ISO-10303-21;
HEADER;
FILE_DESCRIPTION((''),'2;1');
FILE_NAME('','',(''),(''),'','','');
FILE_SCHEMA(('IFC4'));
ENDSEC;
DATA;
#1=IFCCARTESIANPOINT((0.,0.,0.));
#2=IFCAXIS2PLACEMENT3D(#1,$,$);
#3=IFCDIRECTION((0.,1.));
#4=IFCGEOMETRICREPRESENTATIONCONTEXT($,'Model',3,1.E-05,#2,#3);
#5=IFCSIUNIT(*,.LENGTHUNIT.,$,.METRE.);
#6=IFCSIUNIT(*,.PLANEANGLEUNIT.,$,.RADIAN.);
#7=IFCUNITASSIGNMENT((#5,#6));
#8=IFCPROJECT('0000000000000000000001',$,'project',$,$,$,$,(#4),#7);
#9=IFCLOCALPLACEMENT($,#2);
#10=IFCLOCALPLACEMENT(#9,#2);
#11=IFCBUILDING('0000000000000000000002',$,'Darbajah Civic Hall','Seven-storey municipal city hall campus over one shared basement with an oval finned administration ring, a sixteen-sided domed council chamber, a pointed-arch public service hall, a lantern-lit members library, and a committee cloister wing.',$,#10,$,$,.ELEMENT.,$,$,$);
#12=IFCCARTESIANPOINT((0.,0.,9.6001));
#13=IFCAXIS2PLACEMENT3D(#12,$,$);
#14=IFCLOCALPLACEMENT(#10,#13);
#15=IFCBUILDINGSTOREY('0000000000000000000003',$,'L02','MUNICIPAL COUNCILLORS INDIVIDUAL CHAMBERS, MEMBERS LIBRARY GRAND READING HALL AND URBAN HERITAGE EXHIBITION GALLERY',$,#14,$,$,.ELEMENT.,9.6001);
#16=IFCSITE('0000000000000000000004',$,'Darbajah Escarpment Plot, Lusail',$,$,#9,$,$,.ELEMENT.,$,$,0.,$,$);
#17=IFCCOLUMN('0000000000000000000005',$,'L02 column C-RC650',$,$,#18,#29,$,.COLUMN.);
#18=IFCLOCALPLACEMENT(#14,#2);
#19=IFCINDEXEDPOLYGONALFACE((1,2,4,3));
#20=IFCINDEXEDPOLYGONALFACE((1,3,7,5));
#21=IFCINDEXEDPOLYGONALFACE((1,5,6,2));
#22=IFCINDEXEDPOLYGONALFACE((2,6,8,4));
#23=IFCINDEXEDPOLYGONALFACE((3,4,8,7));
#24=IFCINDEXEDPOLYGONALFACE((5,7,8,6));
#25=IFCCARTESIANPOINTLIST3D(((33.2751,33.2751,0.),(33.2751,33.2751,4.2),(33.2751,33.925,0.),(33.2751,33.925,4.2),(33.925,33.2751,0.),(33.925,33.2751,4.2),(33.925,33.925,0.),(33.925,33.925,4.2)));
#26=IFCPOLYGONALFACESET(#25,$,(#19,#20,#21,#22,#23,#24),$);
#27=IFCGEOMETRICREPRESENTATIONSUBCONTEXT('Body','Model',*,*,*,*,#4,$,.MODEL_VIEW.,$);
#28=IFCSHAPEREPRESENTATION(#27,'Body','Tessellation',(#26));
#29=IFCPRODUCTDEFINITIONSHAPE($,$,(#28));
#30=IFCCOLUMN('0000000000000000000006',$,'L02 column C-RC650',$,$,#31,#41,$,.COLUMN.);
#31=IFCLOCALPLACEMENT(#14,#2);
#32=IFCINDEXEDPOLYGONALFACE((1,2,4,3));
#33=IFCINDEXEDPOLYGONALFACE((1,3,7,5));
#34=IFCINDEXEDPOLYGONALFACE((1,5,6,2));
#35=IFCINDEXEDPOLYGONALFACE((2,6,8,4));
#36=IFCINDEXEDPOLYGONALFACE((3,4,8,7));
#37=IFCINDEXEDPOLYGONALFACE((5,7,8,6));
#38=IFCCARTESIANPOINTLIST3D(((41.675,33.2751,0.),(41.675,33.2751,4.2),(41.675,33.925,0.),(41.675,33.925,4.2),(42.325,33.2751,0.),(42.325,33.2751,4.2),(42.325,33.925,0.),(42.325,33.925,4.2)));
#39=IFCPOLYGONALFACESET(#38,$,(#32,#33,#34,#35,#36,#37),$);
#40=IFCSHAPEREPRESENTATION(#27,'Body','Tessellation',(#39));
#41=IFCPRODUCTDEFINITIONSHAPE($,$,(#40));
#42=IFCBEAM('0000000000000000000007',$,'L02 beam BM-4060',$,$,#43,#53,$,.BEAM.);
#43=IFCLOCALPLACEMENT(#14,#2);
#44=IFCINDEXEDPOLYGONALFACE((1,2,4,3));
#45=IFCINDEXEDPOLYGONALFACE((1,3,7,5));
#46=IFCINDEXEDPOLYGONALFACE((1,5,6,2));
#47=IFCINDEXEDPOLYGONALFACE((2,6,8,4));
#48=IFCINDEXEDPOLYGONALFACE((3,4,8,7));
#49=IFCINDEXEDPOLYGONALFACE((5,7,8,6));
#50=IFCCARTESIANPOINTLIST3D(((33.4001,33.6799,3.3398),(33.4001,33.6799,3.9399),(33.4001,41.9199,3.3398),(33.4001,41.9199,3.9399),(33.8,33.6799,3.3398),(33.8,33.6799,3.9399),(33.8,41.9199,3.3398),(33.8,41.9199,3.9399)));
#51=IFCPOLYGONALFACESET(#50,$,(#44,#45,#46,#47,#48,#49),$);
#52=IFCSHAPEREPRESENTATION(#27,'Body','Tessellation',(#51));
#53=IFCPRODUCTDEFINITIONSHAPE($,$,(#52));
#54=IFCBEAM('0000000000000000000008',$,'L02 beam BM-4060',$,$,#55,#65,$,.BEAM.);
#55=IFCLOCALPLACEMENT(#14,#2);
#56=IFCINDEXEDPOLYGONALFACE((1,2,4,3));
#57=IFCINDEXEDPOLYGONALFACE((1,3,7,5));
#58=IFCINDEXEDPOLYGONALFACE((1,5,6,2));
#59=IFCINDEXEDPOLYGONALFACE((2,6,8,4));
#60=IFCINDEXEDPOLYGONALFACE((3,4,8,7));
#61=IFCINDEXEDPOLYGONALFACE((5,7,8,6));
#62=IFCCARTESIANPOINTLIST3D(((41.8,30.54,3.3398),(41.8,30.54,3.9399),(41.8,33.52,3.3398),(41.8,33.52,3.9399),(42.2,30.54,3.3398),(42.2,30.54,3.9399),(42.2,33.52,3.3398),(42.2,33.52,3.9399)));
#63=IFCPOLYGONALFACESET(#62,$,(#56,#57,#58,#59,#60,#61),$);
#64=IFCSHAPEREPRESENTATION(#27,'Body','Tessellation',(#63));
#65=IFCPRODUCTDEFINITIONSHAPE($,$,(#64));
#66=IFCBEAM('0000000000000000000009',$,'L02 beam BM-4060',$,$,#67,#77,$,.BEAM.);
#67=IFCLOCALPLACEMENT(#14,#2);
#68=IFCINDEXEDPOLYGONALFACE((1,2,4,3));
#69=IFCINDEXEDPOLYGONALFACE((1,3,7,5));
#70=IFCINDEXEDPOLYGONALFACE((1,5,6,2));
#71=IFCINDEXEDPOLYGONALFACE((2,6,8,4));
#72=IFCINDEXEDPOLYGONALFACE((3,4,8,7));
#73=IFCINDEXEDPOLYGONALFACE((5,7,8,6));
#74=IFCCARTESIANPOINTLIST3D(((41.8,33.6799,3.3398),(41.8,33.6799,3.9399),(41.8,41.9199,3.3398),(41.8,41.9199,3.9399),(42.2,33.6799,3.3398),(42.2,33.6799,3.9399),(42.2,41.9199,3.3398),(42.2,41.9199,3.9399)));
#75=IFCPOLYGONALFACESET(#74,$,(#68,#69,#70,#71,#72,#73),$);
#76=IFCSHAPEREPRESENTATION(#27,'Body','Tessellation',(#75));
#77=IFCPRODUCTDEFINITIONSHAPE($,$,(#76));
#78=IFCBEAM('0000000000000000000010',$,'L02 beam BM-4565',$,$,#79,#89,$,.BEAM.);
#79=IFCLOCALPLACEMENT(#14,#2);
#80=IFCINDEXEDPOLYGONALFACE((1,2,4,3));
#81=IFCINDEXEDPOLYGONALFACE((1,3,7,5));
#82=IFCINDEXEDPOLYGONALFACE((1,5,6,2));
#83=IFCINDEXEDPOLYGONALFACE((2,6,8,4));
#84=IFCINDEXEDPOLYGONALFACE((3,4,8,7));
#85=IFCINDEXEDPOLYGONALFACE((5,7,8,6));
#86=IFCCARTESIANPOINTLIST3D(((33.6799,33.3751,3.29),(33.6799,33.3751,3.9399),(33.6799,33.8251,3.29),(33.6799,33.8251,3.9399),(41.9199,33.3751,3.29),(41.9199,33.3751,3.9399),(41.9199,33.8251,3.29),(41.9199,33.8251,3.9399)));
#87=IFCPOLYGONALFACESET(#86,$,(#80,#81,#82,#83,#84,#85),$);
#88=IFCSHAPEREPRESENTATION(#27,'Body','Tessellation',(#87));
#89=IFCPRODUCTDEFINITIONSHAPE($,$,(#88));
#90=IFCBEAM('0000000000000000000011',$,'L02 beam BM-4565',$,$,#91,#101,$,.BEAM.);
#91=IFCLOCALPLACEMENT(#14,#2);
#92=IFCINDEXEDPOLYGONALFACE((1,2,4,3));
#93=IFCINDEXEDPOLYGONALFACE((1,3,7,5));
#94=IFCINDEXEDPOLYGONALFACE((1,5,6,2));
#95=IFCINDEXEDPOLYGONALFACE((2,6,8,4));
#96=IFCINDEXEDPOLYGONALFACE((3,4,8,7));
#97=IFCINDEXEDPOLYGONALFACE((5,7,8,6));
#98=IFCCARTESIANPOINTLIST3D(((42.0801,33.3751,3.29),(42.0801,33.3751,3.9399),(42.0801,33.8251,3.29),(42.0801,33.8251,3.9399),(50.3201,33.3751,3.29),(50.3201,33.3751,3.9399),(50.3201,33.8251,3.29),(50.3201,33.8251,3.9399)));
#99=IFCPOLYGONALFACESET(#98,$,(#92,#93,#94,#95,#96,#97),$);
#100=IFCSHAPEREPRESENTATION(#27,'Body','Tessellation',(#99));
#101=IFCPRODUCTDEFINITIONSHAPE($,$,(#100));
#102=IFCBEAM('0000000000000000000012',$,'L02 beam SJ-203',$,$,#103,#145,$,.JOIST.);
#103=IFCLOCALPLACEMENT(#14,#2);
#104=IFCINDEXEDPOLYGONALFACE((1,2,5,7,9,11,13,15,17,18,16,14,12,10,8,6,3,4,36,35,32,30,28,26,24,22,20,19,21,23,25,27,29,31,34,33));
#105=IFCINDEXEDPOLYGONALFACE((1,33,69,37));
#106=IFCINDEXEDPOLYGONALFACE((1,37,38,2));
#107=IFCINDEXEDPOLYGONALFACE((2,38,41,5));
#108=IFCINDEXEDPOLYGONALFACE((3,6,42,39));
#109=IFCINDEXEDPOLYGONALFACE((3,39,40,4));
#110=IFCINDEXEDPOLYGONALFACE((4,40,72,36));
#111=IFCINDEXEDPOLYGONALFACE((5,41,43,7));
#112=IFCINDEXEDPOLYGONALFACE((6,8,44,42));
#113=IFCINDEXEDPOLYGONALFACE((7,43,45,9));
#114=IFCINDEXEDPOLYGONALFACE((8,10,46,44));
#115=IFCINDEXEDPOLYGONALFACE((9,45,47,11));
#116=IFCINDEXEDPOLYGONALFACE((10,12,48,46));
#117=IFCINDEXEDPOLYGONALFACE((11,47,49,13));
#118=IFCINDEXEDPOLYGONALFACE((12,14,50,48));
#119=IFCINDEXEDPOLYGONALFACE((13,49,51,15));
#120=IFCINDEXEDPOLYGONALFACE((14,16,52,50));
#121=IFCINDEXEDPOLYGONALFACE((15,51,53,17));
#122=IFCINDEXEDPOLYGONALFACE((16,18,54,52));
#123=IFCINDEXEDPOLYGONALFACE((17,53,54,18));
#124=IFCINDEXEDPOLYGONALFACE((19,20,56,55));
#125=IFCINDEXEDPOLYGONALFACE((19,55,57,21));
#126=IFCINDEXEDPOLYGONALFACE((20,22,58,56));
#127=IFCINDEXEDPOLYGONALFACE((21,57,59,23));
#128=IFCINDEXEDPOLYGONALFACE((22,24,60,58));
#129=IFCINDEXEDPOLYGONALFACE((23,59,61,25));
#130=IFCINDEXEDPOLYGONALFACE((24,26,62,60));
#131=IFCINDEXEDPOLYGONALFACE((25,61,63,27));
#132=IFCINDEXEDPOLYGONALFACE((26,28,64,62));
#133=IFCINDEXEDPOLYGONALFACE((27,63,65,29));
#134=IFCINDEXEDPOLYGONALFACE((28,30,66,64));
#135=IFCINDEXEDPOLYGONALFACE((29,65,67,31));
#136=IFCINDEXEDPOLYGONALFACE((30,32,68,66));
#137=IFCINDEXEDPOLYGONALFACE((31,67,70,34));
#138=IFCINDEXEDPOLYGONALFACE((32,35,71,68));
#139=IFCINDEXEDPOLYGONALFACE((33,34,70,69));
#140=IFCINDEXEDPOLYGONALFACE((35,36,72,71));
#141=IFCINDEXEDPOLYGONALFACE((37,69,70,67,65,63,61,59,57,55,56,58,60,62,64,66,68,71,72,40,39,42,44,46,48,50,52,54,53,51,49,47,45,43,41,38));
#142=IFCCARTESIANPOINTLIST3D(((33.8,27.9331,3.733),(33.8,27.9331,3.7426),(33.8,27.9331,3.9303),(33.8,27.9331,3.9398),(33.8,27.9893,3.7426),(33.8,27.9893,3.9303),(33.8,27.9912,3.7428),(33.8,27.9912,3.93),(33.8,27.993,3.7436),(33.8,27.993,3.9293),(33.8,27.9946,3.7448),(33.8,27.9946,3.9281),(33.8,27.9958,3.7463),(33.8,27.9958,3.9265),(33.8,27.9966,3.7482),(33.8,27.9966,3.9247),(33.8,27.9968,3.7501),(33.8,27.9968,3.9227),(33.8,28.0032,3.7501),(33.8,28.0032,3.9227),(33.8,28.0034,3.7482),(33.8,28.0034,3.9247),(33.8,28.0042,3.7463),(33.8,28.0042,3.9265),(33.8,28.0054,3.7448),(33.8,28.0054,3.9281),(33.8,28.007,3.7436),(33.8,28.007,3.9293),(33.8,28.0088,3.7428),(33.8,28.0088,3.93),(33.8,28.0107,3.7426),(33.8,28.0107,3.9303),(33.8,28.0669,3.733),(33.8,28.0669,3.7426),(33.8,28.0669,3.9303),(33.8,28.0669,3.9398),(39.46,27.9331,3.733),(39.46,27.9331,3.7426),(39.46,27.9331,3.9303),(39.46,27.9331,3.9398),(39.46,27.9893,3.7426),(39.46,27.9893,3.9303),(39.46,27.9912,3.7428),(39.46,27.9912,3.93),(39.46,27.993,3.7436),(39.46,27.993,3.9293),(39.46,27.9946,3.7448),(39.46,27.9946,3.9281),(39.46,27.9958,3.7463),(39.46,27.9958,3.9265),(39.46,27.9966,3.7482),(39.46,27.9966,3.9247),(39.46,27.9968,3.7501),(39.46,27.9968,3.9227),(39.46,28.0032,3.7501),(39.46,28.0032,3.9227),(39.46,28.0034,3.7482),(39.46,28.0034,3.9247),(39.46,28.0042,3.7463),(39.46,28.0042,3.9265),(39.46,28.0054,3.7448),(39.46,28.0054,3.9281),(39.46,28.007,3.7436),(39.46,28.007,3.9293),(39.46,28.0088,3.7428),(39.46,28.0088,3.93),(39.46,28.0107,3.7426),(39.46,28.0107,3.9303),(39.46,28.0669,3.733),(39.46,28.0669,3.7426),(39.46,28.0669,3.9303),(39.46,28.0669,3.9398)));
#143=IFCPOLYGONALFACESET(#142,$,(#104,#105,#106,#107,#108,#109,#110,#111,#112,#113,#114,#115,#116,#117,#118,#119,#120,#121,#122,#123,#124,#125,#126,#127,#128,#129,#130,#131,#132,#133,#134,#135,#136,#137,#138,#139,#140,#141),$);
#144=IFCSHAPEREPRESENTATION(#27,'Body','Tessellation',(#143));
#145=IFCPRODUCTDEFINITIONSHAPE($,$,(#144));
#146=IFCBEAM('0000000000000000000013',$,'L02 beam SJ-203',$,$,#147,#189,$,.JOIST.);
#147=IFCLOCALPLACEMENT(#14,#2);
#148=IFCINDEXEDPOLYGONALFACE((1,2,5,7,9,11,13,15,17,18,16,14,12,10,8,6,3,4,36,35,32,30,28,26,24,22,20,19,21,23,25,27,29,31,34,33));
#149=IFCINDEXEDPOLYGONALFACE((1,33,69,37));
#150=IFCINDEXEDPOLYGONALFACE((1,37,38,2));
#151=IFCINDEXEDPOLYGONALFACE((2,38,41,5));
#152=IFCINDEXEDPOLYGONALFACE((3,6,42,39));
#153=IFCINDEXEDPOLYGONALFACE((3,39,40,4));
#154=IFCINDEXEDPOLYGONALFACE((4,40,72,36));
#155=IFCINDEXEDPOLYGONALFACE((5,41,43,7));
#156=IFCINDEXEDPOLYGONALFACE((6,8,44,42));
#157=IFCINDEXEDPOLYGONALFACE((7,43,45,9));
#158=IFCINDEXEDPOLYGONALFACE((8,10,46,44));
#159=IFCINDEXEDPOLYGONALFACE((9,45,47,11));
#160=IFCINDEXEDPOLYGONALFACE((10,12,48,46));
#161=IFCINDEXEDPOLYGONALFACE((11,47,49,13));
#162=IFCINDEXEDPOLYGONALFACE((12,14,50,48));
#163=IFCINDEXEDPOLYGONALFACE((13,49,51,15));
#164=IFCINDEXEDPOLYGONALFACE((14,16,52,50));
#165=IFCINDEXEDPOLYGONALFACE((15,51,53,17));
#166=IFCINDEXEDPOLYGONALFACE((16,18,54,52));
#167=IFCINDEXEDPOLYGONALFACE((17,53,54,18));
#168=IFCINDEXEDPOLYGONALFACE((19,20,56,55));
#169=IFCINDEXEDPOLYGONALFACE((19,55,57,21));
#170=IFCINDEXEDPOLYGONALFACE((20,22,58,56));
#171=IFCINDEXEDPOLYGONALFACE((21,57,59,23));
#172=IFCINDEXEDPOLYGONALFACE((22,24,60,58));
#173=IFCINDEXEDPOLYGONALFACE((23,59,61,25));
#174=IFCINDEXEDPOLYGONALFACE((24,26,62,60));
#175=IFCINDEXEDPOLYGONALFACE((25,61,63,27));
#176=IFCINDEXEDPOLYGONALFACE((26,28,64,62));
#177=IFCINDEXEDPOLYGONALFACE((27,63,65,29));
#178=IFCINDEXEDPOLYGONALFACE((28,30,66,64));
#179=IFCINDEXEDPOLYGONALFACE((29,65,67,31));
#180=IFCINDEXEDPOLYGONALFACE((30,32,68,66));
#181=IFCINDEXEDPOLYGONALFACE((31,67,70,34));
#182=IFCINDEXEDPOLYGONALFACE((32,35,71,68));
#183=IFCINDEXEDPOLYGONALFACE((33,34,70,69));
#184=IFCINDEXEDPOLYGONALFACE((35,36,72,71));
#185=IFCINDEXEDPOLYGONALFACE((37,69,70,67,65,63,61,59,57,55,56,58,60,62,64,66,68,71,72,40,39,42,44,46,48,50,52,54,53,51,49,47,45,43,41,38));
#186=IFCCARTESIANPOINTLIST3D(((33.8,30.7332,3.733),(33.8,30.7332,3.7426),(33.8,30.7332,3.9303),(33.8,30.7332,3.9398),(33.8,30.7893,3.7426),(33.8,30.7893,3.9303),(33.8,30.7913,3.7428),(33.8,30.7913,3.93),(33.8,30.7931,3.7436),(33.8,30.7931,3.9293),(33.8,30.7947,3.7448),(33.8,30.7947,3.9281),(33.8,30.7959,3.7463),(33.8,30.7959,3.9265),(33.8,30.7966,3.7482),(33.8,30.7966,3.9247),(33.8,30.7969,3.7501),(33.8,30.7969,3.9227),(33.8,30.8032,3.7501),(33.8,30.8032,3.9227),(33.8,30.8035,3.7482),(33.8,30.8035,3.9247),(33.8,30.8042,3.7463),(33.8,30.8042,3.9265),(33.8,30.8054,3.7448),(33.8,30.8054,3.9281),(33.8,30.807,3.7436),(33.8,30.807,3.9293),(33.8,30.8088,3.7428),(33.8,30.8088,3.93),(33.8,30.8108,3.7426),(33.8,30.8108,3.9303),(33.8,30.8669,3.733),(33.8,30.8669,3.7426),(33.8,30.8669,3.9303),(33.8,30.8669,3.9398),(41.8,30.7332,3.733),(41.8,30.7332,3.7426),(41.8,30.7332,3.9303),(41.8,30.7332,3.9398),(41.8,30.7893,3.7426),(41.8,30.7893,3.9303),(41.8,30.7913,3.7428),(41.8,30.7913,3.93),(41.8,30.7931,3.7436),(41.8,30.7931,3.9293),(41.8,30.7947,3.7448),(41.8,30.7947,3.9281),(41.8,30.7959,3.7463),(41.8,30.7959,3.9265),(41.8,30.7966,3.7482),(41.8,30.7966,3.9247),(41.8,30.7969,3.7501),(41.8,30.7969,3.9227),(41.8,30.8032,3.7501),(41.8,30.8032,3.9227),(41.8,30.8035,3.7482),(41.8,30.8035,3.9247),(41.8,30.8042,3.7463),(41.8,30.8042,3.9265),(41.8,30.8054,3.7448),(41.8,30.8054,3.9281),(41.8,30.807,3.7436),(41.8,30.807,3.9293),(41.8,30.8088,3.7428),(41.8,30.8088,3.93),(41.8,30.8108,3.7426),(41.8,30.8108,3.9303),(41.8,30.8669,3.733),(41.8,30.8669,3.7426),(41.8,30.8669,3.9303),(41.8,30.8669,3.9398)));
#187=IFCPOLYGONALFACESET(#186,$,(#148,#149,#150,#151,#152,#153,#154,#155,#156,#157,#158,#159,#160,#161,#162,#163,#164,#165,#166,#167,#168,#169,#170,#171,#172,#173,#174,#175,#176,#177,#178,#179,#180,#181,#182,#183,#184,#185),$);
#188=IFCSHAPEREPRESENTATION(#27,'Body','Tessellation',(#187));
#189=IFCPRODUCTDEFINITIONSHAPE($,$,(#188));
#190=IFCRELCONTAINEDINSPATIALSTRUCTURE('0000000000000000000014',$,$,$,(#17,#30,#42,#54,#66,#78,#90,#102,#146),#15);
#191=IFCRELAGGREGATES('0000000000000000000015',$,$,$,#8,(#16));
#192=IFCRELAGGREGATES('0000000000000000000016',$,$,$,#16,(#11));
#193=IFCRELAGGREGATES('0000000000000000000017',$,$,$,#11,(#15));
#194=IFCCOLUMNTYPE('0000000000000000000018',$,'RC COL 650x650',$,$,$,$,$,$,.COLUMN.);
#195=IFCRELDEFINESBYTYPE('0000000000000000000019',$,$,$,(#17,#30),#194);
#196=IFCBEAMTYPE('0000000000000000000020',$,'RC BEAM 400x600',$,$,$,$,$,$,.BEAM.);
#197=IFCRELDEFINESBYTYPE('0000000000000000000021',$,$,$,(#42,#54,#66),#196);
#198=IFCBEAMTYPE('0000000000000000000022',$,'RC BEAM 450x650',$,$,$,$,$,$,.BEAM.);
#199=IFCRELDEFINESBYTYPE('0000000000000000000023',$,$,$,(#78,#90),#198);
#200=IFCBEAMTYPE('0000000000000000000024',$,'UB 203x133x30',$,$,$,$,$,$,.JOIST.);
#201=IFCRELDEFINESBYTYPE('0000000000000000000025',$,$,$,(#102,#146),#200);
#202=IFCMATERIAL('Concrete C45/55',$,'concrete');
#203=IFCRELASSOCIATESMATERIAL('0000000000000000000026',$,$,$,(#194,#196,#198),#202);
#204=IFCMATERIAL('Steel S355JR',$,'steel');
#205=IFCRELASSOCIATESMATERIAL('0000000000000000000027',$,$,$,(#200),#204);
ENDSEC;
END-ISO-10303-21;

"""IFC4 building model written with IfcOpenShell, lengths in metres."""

from ifc_helpers import new_model, si_unit, direction, frame, origin, origin_2d, place, context, subcontext, project, spatial, rectangle, i_section, extrude, material, material_profile, profile_set, type_object, element, save


model = new_model("IFC4")

# Units and contexts
model_context = context("Model", 3, precision=1e-05, world=origin(), true_north=direction((0.0, 1.0)))
body_context = subcontext(model_context, "Body", "Model", "MODEL_VIEW")
ifc_project = project(units=[si_unit("LENGTHUNIT", "METRE"), si_unit("PLANEANGLEUNIT", "RADIAN")], contexts=[model_context])

# Site, building, storey
site_placement = place(None, origin())
site = spatial("IfcSite", under=ifc_project, at=site_placement, Name="Darbajah Escarpment Plot, Lusail", CompositionType="ELEMENT", RefElevation=0.0)
building_placement = place(site_placement, origin())
building = spatial("IfcBuilding", under=site, at=building_placement, Name="Darbajah Civic Hall", Description="Seven-storey municipal city hall campus over one shared basement with an oval finned administration ring, a sixteen-sided domed council chamber, a pointed-arch public service hall, a lantern-lit members library, and a committee cloister wing.", CompositionType="ELEMENT")
storey_placement = place(building_placement, frame((0.0, 0.0, 9.6001)))
storey = spatial("IfcBuildingStorey", under=building, at=storey_placement, Name="L02", Description="MUNICIPAL COUNCILLORS INDIVIDUAL CHAMBERS, MEMBERS LIBRARY GRAND READING HALL AND URBAN HERITAGE EXHIBITION GALLERY", CompositionType="ELEMENT", Elevation=9.6001)

# Columns
ifc_material_1 = material(Name="Concrete C45/55", Category="concrete")
ifc_material_profile_1 = material_profile(ifc_material_1, rectangle(XDim=0.6499, YDim=0.6499, at=origin_2d()), Name="RC COL 650x650")
ifc_profile_set_1 = profile_set([ifc_material_profile_1], Name="Concrete C45/55")
column_type = type_object("IfcColumnType", Name="RC COL 650x650", PredefinedType="COLUMN", material=ifc_profile_set_1)
for number, where, z_axis, x_axis, name in (
    (1, (33.6001, 33.6001, 0.0), (0.0, 0.0, 1.0), (1.0, 0.0, 0.0), "L02 column C-RC650"),
    (2, (42.0, 33.6001, 0.0), (0.0, 0.0, 1.0), (1.0, 0.0, 0.0), "L02 column C-RC650"),
):
    element("IfcColumn", number, at=place(storey_placement, frame(where, z_axis=z_axis, x_axis=x_axis)), inside=storey, type_object=column_type, Name=name, PredefinedType="COLUMN", context=body_context, shape_type="SweptSolid", body=[
        extrude(rectangle(XDim=0.6499, YDim=0.6499, at=origin_2d()), origin(), (0.0, 0.0, 1.0), 4.2),
    ])

# Beams
ifc_material_profile_2 = material_profile(ifc_material_1, rectangle(XDim=0.3999, YDim=0.6001, at=origin_2d()), Name="RC BEAM 400x600")
ifc_profile_set_2 = profile_set([ifc_material_profile_2], Name="Concrete C45/55")
beam_type_1 = type_object("IfcBeamType", Name="RC BEAM 400x600", PredefinedType="BEAM", material=ifc_profile_set_2)
beam_1_placement = place(storey_placement, frame((33.6001, 33.6799, 3.6399), z_axis=(0.0, 1.0, 0.0), x_axis=(-1.0, 0.0, 0.0)))
element("IfcBeam", 3, at=beam_1_placement, inside=storey, type_object=beam_type_1, Name="L02 beam BM-4060", PredefinedType="BEAM", context=body_context, shape_type="SweptSolid", body=[
    extrude(rectangle(XDim=0.3999, YDim=0.6001, at=origin_2d()), origin(), (0.0, 0.0, 1.0), 8.24),
])
beam_2_placement = place(storey_placement, frame((42.0, 30.54, 3.6399), z_axis=(0.0, 1.0, 0.0), x_axis=(-1.0, 0.0, 0.0)))
element("IfcBeam", 4, at=beam_2_placement, inside=storey, type_object=beam_type_1, Name="L02 beam BM-4060", PredefinedType="BEAM", context=body_context, shape_type="SweptSolid", body=[
    extrude(rectangle(XDim=0.3999, YDim=0.6001, at=origin_2d()), origin(), (0.0, 0.0, 1.0), 2.98),
])
beam_3_placement = place(storey_placement, frame((42.0, 33.6799, 3.6399), z_axis=(0.0, 1.0, 0.0), x_axis=(-1.0, 0.0, 0.0)))
element("IfcBeam", 5, at=beam_3_placement, inside=storey, type_object=beam_type_1, Name="L02 beam BM-4060", PredefinedType="BEAM", context=body_context, shape_type="SweptSolid", body=[
    extrude(rectangle(XDim=0.3999, YDim=0.6001, at=origin_2d()), origin(), (0.0, 0.0, 1.0), 8.24),
])
ifc_material_profile_3 = material_profile(ifc_material_1, rectangle(XDim=0.45, YDim=0.6499, at=origin_2d()), Name="RC BEAM 450x650")
ifc_profile_set_3 = profile_set([ifc_material_profile_3], Name="Concrete C45/55")
beam_type_2 = type_object("IfcBeamType", Name="RC BEAM 450x650", PredefinedType="BEAM", material=ifc_profile_set_3)
for number, where, z_axis, x_axis, name in (
    (6, (33.6799, 33.6001, 3.615), (1.0, 0.0, 0.0), (0.0, 1.0, 0.0), "L02 beam BM-4565"),
    (7, (42.0801, 33.6001, 3.615), (1.0, 0.0, 0.0), (0.0, 1.0, 0.0), "L02 beam BM-4565"),
):
    element("IfcBeam", number, at=place(storey_placement, frame(where, z_axis=z_axis, x_axis=x_axis)), inside=storey, type_object=beam_type_2, Name=name, PredefinedType="BEAM", context=body_context, shape_type="SweptSolid", body=[
        extrude(rectangle(XDim=0.45, YDim=0.6499, at=origin_2d()), origin(), (0.0, 0.0, 1.0), 8.24),
    ])
ifc_material_2 = material(Name="Steel S355JR", Category="steel")
ifc_material_profile_4 = material_profile(ifc_material_2, i_section(OverallWidth=0.1338, OverallDepth=0.2068, WebThickness=0.0063, FlangeThickness=0.0095, FilletRadius=0.0076, at=origin_2d()), Name="UB 203x133x30")
ifc_profile_set_4 = profile_set([ifc_material_profile_4], Name="Steel S355JR")
beam_type_3 = type_object("IfcBeamType", Name="UB 203x133x30", PredefinedType="JOIST", material=ifc_profile_set_4)
beam_4_placement = place(storey_placement, frame((33.8, 28.0, 3.8364), z_axis=(1.0, 0.0, 0.0), x_axis=(0.0, 1.0, 0.0)))
element("IfcBeam", 8, at=beam_4_placement, inside=storey, type_object=beam_type_3, Name="L02 beam SJ-203", PredefinedType="JOIST", context=body_context, shape_type="SweptSolid", body=[
    extrude(i_section(OverallWidth=0.1338, OverallDepth=0.2068, WebThickness=0.0063, FlangeThickness=0.0095, FilletRadius=0.0076, at=origin_2d()), origin(), (0.0, 0.0, 1.0), 5.6599),
])
for number, where, z_axis, x_axis, name in (
    (9, (33.8, 30.8, 3.8364), (1.0, 0.0, 0.0), (0.0, 1.0, 0.0), "L02 beam SJ-203"),
):
    element("IfcBeam", number, at=place(storey_placement, frame(where, z_axis=z_axis, x_axis=x_axis)), inside=storey, type_object=beam_type_3, Name=name, PredefinedType="JOIST", context=body_context, shape_type="SweptSolid", body=[
        extrude(i_section(OverallWidth=0.1338, OverallDepth=0.2068, WebThickness=0.0063, FlangeThickness=0.0095, FilletRadius=0.0076, at=origin_2d()), origin(), (0.0, 0.0, 1.0), 8.0),
    ])

save(model, "model.ifc")
